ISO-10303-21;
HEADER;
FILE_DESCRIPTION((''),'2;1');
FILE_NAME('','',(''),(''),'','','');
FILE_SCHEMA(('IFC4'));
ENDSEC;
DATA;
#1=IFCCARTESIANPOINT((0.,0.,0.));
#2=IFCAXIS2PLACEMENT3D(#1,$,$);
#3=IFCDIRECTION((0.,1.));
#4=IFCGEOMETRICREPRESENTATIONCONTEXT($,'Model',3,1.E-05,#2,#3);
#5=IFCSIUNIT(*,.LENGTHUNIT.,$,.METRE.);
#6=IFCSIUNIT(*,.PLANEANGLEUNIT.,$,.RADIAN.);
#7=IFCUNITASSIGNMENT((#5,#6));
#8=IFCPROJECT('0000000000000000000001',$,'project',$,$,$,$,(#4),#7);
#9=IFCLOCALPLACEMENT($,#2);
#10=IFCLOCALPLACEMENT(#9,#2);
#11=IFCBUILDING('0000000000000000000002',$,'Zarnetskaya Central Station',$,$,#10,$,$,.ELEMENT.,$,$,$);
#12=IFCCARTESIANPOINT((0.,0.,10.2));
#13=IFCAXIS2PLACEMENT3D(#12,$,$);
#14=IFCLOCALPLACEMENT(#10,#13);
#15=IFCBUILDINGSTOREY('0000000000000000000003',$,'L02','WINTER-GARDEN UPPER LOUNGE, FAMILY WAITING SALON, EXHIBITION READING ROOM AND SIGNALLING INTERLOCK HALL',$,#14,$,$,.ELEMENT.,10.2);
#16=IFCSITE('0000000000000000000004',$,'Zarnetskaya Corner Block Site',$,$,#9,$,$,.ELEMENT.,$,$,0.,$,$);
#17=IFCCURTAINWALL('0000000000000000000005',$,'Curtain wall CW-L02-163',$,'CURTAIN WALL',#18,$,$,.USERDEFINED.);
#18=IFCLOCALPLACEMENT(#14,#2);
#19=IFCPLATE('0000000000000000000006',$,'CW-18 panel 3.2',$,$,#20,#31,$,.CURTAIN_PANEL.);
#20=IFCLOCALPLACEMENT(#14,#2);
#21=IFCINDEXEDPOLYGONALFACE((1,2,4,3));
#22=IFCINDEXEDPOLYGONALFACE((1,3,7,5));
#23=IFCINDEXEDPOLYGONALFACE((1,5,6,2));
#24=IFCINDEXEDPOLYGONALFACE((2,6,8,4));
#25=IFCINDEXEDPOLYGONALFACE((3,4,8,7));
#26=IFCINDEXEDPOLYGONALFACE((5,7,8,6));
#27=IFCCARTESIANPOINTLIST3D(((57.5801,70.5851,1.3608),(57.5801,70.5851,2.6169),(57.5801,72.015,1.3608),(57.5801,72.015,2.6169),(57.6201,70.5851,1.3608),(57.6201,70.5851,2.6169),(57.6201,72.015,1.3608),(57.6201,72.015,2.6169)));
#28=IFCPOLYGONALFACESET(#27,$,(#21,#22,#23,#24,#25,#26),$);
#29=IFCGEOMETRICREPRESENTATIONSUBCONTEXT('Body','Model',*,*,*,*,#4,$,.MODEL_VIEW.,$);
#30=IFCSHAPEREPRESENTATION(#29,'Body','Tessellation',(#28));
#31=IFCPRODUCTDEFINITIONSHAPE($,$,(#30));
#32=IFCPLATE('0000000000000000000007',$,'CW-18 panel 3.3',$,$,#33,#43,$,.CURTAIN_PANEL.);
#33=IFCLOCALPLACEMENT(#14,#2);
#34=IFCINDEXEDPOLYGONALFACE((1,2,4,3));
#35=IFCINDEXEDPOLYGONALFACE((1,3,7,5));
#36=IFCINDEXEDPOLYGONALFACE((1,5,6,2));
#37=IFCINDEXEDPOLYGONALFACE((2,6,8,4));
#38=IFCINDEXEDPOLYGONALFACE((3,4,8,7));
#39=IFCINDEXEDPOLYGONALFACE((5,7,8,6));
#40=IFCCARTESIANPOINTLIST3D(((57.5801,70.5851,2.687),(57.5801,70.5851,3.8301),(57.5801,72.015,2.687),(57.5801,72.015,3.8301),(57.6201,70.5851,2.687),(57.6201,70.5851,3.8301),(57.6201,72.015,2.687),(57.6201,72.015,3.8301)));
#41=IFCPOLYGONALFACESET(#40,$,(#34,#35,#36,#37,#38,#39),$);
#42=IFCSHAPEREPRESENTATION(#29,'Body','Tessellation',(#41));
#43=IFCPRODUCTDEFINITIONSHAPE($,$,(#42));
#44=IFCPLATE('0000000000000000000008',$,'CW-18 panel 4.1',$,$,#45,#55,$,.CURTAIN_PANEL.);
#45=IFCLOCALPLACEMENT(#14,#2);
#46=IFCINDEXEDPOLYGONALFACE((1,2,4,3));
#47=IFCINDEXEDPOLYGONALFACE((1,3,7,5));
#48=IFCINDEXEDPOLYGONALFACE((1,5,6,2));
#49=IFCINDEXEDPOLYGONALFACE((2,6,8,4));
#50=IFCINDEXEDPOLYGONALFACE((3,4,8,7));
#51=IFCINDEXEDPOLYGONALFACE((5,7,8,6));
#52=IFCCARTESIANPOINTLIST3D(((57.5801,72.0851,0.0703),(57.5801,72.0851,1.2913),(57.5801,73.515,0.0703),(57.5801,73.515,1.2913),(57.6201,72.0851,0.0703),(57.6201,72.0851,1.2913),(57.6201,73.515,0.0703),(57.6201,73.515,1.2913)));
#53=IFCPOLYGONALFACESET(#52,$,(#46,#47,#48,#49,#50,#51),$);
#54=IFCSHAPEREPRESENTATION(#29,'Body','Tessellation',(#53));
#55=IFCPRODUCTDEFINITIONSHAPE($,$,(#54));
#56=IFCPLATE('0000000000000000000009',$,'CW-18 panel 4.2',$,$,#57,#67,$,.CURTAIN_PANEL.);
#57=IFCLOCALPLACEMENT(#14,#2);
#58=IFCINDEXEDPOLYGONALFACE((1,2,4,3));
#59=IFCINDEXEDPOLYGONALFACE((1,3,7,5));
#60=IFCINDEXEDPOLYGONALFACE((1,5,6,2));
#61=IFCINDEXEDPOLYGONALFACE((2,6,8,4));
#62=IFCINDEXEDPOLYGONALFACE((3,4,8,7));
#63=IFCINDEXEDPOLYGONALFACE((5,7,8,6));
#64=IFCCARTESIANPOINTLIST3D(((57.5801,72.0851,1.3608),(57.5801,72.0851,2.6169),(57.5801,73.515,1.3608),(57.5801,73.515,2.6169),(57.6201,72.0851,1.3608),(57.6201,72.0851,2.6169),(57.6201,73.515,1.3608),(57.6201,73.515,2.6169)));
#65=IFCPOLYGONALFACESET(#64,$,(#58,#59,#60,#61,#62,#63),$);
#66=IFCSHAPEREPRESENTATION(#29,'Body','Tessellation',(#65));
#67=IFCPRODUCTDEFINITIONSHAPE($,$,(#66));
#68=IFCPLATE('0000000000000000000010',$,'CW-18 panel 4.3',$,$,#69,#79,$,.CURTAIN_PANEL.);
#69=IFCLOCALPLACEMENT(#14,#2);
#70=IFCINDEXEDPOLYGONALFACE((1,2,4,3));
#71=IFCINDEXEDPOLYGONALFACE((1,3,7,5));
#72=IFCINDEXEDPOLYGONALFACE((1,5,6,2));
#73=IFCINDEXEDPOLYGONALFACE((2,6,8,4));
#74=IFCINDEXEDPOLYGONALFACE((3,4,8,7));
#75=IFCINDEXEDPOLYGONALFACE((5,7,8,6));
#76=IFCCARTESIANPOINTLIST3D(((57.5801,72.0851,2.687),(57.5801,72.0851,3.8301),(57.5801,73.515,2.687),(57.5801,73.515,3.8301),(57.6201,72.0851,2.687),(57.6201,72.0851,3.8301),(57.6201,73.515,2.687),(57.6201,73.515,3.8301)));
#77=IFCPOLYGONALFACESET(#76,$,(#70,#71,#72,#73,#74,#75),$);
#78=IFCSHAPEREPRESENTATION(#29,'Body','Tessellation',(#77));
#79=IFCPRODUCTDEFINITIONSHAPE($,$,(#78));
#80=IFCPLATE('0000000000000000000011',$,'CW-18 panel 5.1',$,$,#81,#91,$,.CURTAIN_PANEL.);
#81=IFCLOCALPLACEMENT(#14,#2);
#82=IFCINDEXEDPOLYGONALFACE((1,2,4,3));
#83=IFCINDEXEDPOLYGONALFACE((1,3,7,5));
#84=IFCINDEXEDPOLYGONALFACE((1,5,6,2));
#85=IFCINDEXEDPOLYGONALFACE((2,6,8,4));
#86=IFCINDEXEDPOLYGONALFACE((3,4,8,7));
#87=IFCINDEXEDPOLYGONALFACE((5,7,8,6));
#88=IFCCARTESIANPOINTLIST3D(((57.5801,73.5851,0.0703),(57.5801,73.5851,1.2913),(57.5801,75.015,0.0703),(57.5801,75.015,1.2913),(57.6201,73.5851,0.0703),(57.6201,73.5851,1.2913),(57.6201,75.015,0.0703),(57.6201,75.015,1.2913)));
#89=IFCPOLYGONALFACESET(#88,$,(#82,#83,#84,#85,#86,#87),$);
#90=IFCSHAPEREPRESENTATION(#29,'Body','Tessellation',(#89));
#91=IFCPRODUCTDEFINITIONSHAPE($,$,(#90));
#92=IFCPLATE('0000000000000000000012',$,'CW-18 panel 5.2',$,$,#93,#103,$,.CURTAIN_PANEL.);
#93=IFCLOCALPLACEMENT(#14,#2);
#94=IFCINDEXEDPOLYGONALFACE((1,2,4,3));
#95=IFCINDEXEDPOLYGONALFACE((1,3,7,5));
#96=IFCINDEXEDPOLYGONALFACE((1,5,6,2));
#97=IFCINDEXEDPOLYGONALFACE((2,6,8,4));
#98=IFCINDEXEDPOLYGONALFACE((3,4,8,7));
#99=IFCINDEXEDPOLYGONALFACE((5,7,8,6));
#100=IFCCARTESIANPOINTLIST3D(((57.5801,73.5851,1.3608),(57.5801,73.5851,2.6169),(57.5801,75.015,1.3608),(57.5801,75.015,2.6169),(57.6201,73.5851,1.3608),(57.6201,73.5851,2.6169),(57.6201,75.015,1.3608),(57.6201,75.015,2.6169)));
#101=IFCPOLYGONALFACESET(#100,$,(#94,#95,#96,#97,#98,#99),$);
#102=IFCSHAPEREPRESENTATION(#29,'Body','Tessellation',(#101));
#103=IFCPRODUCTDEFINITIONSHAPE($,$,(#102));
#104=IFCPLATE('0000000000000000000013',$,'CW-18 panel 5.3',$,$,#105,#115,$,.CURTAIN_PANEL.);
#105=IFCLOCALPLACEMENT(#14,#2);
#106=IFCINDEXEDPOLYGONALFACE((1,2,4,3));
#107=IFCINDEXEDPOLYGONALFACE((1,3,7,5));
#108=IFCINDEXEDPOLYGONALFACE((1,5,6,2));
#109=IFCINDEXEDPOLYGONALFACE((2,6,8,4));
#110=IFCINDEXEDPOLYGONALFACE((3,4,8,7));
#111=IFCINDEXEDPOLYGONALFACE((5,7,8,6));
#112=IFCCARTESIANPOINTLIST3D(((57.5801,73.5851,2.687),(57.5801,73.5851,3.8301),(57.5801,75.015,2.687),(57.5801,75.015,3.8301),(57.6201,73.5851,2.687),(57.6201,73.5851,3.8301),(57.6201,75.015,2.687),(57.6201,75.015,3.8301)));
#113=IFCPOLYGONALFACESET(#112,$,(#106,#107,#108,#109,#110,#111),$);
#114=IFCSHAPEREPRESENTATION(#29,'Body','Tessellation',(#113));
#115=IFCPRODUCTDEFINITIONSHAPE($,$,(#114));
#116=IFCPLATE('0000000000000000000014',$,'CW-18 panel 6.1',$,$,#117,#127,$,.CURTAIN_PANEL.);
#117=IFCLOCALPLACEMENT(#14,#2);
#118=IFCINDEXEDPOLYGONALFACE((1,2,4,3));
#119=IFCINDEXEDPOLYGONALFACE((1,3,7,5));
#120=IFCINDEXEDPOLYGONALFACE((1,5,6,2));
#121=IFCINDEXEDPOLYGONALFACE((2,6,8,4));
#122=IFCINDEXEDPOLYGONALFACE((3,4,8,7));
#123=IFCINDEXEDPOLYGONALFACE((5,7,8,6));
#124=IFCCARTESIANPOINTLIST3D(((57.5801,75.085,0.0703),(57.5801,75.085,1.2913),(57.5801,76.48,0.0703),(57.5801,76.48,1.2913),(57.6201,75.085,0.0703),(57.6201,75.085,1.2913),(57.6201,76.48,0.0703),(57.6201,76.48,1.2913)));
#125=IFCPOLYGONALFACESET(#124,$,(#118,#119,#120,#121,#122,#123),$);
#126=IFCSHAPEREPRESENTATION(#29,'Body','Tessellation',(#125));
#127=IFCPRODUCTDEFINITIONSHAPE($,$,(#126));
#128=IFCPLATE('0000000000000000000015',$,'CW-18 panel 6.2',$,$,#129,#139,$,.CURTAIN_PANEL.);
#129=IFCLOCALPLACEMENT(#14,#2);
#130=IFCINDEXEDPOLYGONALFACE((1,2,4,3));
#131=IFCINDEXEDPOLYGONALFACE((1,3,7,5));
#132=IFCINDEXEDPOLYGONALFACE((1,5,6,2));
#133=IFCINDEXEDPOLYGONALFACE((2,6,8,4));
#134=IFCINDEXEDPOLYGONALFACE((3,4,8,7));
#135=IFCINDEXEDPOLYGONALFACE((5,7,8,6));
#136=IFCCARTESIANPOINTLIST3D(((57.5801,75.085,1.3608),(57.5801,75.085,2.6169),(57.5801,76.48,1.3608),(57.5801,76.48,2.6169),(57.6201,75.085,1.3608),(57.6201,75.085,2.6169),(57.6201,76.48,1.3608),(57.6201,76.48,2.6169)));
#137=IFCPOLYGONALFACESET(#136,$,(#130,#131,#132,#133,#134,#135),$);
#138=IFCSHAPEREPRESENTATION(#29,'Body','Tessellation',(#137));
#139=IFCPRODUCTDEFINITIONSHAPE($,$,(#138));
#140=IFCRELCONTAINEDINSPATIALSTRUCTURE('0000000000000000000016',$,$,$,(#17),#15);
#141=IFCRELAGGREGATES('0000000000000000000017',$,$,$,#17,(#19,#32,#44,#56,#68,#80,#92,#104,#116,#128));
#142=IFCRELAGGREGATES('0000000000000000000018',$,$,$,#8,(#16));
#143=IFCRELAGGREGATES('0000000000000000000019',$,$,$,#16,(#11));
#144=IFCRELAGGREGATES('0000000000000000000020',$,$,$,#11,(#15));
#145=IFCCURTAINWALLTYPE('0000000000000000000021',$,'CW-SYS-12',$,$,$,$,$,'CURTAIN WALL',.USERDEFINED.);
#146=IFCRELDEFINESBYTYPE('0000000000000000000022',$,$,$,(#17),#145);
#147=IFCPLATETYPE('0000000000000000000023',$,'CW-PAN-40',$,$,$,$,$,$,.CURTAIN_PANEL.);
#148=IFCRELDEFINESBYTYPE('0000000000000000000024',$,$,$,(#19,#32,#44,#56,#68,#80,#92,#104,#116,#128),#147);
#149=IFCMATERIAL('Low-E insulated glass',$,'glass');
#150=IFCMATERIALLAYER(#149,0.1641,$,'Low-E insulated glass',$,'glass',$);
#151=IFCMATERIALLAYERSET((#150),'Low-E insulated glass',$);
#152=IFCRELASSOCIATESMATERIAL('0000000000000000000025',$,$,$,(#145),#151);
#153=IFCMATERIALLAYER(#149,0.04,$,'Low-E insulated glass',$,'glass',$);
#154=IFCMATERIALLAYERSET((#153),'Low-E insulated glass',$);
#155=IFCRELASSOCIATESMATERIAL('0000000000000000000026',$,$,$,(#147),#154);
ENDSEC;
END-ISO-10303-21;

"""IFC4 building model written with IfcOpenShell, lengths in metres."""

from ifc_helpers import new_model, si_unit, direction, frame, origin, origin_2d, place, context, subcontext, project, spatial, rectangle, extrude, material, layer, layer_set, type_object, element, aggregate, save


model = new_model("IFC4")

# Units and contexts
model_context = context("Model", 3, precision=1e-05, world=origin(), true_north=direction((0.0, 1.0)))
body_context = subcontext(model_context, "Body", "Model", "MODEL_VIEW")
ifc_project = project(units=[si_unit("LENGTHUNIT", "METRE"), si_unit("PLANEANGLEUNIT", "RADIAN")], contexts=[model_context])

# Site, building, storey
site_placement = place(None, origin())
site = spatial("IfcSite", under=ifc_project, at=site_placement, Name="Zarnetskaya Corner Block Site", CompositionType="ELEMENT", RefElevation=0.0)
building_placement = place(site_placement, origin())
building = spatial("IfcBuilding", under=site, at=building_placement, Name="Zarnetskaya Central Station", CompositionType="ELEMENT")
storey_placement = place(building_placement, frame((0.0, 0.0, 10.2)))
storey = spatial("IfcBuildingStorey", under=building, at=storey_placement, Name="L02", Description="WINTER-GARDEN UPPER LOUNGE, FAMILY WAITING SALON, EXHIBITION READING ROOM AND SIGNALLING INTERLOCK HALL", CompositionType="ELEMENT", Elevation=10.2)

# Curtain wall, plates
ifc_material_1 = material(Name="Low-E insulated glass", Category="glass")
ifc_layer_1 = layer(ifc_material_1, 0.1641, Name="Low-E insulated glass", Category="glass")
ifc_layer_set_1 = layer_set([ifc_layer_1], Name="Low-E insulated glass")
curtain_wall_type = type_object("IfcCurtainWallType", Name="CW-SYS-12", ElementType="CURTAIN WALL", PredefinedType="USERDEFINED", material=ifc_layer_set_1)
curtain_wall_placement = place(storey_placement, origin())
curtain_wall = element("IfcCurtainWall", 1, at=curtain_wall_placement, inside=storey, type_object=curtain_wall_type, Name="Curtain wall CW-L02-163", ObjectType="CURTAIN WALL", PredefinedType="USERDEFINED")
ifc_layer_2 = layer(ifc_material_1, 0.04, Name="Low-E insulated glass", Category="glass")
ifc_layer_set_2 = layer_set([ifc_layer_2], Name="Low-E insulated glass")
plate_type = type_object("IfcPlateType", Name="CW-PAN-40", PredefinedType="CURTAIN_PANEL", material=ifc_layer_set_2)
plate_1_placement = place(storey_placement, frame((57.6001, 71.3, 1.3608), z_axis=(0.0, 0.0, 1.0), x_axis=(0.0, 1.0, 0.0)))
plate_1 = element("IfcPlate", 2, at=plate_1_placement, type_object=plate_type, Name="CW-18 panel 3.2", PredefinedType="CURTAIN_PANEL", context=body_context, shape_type="SweptSolid", body=[
    extrude(rectangle(XDim=1.4299, YDim=0.04, at=origin_2d()), origin(), (0.0, 0.0, 1.0), 1.2561),
])
plate_2_placement = place(storey_placement, frame((57.6001, 71.3, 2.687), z_axis=(0.0, 0.0, 1.0), x_axis=(0.0, 1.0, 0.0)))
plate_2 = element("IfcPlate", 3, at=plate_2_placement, type_object=plate_type, Name="CW-18 panel 3.3", PredefinedType="CURTAIN_PANEL", context=body_context, shape_type="SweptSolid", body=[
    extrude(rectangle(XDim=1.4299, YDim=0.04, at=origin_2d()), origin(), (0.0, 0.0, 1.0), 1.1431),
])
plate_3_placement = place(storey_placement, frame((57.6001, 72.8, 0.0703), z_axis=(0.0, 0.0, 1.0), x_axis=(0.0, 1.0, 0.0)))
plate_3 = element("IfcPlate", 4, at=plate_3_placement, type_object=plate_type, Name="CW-18 panel 4.1", PredefinedType="CURTAIN_PANEL", context=body_context, shape_type="SweptSolid", body=[
    extrude(rectangle(XDim=1.4299, YDim=0.04, at=origin_2d()), origin(), (0.0, 0.0, 1.0), 1.2209),
])
plate_4_placement = place(storey_placement, frame((57.6001, 72.8, 1.3608), z_axis=(0.0, 0.0, 1.0), x_axis=(0.0, 1.0, 0.0)))
plate_4 = element("IfcPlate", 5, at=plate_4_placement, type_object=plate_type, Name="CW-18 panel 4.2", PredefinedType="CURTAIN_PANEL", context=body_context, shape_type="SweptSolid", body=[
    extrude(rectangle(XDim=1.4299, YDim=0.04, at=origin_2d()), origin(), (0.0, 0.0, 1.0), 1.2561),
])
plate_5_placement = place(storey_placement, frame((57.6001, 72.8, 2.687), z_axis=(0.0, 0.0, 1.0), x_axis=(0.0, 1.0, 0.0)))
plate_5 = element("IfcPlate", 6, at=plate_5_placement, type_object=plate_type, Name="CW-18 panel 4.3", PredefinedType="CURTAIN_PANEL", context=body_context, shape_type="SweptSolid", body=[
    extrude(rectangle(XDim=1.4299, YDim=0.04, at=origin_2d()), origin(), (0.0, 0.0, 1.0), 1.1431),
])
plate_6_placement = place(storey_placement, frame((57.6001, 74.3, 0.0703), z_axis=(0.0, 0.0, 1.0), x_axis=(0.0, 1.0, 0.0)))
plate_6 = element("IfcPlate", 7, at=plate_6_placement, type_object=plate_type, Name="CW-18 panel 5.1", PredefinedType="CURTAIN_PANEL", context=body_context, shape_type="SweptSolid", body=[
    extrude(rectangle(XDim=1.4299, YDim=0.04, at=origin_2d()), origin(), (0.0, 0.0, 1.0), 1.2209),
])
plate_7_placement = place(storey_placement, frame((57.6001, 74.3, 1.3608), z_axis=(0.0, 0.0, 1.0), x_axis=(0.0, 1.0, 0.0)))
plate_7 = element("IfcPlate", 8, at=plate_7_placement, type_object=plate_type, Name="CW-18 panel 5.2", PredefinedType="CURTAIN_PANEL", context=body_context, shape_type="SweptSolid", body=[
    extrude(rectangle(XDim=1.4299, YDim=0.04, at=origin_2d()), origin(), (0.0, 0.0, 1.0), 1.2561),
])
plate_8_placement = place(storey_placement, frame((57.6001, 74.3, 2.687), z_axis=(0.0, 0.0, 1.0), x_axis=(0.0, 1.0, 0.0)))
plate_8 = element("IfcPlate", 9, at=plate_8_placement, type_object=plate_type, Name="CW-18 panel 5.3", PredefinedType="CURTAIN_PANEL", context=body_context, shape_type="SweptSolid", body=[
    extrude(rectangle(XDim=1.4299, YDim=0.04, at=origin_2d()), origin(), (0.0, 0.0, 1.0), 1.1431),
])
plate_9_placement = place(storey_placement, frame((57.6001, 75.7825, 0.0703), z_axis=(0.0, 0.0, 1.0), x_axis=(0.0, 1.0, 0.0)))
plate_9 = element("IfcPlate", 10, at=plate_9_placement, type_object=plate_type, Name="CW-18 panel 6.1", PredefinedType="CURTAIN_PANEL", context=body_context, shape_type="SweptSolid", body=[
    extrude(rectangle(XDim=1.395, YDim=0.04, at=origin_2d()), origin(), (0.0, 0.0, 1.0), 1.2209),
])
plate_10_placement = place(storey_placement, frame((57.6001, 75.7825, 1.3608), z_axis=(0.0, 0.0, 1.0), x_axis=(0.0, 1.0, 0.0)))
plate_10 = element("IfcPlate", 11, at=plate_10_placement, type_object=plate_type, Name="CW-18 panel 6.2", PredefinedType="CURTAIN_PANEL", context=body_context, shape_type="SweptSolid", body=[
    extrude(rectangle(XDim=1.395, YDim=0.04, at=origin_2d()), origin(), (0.0, 0.0, 1.0), 1.2561),
])
aggregate(curtain_wall, [plate_1, plate_2, plate_3, plate_4, plate_5, plate_6, plate_7, plate_8, plate_9, plate_10])

save(model, "model.ifc")
